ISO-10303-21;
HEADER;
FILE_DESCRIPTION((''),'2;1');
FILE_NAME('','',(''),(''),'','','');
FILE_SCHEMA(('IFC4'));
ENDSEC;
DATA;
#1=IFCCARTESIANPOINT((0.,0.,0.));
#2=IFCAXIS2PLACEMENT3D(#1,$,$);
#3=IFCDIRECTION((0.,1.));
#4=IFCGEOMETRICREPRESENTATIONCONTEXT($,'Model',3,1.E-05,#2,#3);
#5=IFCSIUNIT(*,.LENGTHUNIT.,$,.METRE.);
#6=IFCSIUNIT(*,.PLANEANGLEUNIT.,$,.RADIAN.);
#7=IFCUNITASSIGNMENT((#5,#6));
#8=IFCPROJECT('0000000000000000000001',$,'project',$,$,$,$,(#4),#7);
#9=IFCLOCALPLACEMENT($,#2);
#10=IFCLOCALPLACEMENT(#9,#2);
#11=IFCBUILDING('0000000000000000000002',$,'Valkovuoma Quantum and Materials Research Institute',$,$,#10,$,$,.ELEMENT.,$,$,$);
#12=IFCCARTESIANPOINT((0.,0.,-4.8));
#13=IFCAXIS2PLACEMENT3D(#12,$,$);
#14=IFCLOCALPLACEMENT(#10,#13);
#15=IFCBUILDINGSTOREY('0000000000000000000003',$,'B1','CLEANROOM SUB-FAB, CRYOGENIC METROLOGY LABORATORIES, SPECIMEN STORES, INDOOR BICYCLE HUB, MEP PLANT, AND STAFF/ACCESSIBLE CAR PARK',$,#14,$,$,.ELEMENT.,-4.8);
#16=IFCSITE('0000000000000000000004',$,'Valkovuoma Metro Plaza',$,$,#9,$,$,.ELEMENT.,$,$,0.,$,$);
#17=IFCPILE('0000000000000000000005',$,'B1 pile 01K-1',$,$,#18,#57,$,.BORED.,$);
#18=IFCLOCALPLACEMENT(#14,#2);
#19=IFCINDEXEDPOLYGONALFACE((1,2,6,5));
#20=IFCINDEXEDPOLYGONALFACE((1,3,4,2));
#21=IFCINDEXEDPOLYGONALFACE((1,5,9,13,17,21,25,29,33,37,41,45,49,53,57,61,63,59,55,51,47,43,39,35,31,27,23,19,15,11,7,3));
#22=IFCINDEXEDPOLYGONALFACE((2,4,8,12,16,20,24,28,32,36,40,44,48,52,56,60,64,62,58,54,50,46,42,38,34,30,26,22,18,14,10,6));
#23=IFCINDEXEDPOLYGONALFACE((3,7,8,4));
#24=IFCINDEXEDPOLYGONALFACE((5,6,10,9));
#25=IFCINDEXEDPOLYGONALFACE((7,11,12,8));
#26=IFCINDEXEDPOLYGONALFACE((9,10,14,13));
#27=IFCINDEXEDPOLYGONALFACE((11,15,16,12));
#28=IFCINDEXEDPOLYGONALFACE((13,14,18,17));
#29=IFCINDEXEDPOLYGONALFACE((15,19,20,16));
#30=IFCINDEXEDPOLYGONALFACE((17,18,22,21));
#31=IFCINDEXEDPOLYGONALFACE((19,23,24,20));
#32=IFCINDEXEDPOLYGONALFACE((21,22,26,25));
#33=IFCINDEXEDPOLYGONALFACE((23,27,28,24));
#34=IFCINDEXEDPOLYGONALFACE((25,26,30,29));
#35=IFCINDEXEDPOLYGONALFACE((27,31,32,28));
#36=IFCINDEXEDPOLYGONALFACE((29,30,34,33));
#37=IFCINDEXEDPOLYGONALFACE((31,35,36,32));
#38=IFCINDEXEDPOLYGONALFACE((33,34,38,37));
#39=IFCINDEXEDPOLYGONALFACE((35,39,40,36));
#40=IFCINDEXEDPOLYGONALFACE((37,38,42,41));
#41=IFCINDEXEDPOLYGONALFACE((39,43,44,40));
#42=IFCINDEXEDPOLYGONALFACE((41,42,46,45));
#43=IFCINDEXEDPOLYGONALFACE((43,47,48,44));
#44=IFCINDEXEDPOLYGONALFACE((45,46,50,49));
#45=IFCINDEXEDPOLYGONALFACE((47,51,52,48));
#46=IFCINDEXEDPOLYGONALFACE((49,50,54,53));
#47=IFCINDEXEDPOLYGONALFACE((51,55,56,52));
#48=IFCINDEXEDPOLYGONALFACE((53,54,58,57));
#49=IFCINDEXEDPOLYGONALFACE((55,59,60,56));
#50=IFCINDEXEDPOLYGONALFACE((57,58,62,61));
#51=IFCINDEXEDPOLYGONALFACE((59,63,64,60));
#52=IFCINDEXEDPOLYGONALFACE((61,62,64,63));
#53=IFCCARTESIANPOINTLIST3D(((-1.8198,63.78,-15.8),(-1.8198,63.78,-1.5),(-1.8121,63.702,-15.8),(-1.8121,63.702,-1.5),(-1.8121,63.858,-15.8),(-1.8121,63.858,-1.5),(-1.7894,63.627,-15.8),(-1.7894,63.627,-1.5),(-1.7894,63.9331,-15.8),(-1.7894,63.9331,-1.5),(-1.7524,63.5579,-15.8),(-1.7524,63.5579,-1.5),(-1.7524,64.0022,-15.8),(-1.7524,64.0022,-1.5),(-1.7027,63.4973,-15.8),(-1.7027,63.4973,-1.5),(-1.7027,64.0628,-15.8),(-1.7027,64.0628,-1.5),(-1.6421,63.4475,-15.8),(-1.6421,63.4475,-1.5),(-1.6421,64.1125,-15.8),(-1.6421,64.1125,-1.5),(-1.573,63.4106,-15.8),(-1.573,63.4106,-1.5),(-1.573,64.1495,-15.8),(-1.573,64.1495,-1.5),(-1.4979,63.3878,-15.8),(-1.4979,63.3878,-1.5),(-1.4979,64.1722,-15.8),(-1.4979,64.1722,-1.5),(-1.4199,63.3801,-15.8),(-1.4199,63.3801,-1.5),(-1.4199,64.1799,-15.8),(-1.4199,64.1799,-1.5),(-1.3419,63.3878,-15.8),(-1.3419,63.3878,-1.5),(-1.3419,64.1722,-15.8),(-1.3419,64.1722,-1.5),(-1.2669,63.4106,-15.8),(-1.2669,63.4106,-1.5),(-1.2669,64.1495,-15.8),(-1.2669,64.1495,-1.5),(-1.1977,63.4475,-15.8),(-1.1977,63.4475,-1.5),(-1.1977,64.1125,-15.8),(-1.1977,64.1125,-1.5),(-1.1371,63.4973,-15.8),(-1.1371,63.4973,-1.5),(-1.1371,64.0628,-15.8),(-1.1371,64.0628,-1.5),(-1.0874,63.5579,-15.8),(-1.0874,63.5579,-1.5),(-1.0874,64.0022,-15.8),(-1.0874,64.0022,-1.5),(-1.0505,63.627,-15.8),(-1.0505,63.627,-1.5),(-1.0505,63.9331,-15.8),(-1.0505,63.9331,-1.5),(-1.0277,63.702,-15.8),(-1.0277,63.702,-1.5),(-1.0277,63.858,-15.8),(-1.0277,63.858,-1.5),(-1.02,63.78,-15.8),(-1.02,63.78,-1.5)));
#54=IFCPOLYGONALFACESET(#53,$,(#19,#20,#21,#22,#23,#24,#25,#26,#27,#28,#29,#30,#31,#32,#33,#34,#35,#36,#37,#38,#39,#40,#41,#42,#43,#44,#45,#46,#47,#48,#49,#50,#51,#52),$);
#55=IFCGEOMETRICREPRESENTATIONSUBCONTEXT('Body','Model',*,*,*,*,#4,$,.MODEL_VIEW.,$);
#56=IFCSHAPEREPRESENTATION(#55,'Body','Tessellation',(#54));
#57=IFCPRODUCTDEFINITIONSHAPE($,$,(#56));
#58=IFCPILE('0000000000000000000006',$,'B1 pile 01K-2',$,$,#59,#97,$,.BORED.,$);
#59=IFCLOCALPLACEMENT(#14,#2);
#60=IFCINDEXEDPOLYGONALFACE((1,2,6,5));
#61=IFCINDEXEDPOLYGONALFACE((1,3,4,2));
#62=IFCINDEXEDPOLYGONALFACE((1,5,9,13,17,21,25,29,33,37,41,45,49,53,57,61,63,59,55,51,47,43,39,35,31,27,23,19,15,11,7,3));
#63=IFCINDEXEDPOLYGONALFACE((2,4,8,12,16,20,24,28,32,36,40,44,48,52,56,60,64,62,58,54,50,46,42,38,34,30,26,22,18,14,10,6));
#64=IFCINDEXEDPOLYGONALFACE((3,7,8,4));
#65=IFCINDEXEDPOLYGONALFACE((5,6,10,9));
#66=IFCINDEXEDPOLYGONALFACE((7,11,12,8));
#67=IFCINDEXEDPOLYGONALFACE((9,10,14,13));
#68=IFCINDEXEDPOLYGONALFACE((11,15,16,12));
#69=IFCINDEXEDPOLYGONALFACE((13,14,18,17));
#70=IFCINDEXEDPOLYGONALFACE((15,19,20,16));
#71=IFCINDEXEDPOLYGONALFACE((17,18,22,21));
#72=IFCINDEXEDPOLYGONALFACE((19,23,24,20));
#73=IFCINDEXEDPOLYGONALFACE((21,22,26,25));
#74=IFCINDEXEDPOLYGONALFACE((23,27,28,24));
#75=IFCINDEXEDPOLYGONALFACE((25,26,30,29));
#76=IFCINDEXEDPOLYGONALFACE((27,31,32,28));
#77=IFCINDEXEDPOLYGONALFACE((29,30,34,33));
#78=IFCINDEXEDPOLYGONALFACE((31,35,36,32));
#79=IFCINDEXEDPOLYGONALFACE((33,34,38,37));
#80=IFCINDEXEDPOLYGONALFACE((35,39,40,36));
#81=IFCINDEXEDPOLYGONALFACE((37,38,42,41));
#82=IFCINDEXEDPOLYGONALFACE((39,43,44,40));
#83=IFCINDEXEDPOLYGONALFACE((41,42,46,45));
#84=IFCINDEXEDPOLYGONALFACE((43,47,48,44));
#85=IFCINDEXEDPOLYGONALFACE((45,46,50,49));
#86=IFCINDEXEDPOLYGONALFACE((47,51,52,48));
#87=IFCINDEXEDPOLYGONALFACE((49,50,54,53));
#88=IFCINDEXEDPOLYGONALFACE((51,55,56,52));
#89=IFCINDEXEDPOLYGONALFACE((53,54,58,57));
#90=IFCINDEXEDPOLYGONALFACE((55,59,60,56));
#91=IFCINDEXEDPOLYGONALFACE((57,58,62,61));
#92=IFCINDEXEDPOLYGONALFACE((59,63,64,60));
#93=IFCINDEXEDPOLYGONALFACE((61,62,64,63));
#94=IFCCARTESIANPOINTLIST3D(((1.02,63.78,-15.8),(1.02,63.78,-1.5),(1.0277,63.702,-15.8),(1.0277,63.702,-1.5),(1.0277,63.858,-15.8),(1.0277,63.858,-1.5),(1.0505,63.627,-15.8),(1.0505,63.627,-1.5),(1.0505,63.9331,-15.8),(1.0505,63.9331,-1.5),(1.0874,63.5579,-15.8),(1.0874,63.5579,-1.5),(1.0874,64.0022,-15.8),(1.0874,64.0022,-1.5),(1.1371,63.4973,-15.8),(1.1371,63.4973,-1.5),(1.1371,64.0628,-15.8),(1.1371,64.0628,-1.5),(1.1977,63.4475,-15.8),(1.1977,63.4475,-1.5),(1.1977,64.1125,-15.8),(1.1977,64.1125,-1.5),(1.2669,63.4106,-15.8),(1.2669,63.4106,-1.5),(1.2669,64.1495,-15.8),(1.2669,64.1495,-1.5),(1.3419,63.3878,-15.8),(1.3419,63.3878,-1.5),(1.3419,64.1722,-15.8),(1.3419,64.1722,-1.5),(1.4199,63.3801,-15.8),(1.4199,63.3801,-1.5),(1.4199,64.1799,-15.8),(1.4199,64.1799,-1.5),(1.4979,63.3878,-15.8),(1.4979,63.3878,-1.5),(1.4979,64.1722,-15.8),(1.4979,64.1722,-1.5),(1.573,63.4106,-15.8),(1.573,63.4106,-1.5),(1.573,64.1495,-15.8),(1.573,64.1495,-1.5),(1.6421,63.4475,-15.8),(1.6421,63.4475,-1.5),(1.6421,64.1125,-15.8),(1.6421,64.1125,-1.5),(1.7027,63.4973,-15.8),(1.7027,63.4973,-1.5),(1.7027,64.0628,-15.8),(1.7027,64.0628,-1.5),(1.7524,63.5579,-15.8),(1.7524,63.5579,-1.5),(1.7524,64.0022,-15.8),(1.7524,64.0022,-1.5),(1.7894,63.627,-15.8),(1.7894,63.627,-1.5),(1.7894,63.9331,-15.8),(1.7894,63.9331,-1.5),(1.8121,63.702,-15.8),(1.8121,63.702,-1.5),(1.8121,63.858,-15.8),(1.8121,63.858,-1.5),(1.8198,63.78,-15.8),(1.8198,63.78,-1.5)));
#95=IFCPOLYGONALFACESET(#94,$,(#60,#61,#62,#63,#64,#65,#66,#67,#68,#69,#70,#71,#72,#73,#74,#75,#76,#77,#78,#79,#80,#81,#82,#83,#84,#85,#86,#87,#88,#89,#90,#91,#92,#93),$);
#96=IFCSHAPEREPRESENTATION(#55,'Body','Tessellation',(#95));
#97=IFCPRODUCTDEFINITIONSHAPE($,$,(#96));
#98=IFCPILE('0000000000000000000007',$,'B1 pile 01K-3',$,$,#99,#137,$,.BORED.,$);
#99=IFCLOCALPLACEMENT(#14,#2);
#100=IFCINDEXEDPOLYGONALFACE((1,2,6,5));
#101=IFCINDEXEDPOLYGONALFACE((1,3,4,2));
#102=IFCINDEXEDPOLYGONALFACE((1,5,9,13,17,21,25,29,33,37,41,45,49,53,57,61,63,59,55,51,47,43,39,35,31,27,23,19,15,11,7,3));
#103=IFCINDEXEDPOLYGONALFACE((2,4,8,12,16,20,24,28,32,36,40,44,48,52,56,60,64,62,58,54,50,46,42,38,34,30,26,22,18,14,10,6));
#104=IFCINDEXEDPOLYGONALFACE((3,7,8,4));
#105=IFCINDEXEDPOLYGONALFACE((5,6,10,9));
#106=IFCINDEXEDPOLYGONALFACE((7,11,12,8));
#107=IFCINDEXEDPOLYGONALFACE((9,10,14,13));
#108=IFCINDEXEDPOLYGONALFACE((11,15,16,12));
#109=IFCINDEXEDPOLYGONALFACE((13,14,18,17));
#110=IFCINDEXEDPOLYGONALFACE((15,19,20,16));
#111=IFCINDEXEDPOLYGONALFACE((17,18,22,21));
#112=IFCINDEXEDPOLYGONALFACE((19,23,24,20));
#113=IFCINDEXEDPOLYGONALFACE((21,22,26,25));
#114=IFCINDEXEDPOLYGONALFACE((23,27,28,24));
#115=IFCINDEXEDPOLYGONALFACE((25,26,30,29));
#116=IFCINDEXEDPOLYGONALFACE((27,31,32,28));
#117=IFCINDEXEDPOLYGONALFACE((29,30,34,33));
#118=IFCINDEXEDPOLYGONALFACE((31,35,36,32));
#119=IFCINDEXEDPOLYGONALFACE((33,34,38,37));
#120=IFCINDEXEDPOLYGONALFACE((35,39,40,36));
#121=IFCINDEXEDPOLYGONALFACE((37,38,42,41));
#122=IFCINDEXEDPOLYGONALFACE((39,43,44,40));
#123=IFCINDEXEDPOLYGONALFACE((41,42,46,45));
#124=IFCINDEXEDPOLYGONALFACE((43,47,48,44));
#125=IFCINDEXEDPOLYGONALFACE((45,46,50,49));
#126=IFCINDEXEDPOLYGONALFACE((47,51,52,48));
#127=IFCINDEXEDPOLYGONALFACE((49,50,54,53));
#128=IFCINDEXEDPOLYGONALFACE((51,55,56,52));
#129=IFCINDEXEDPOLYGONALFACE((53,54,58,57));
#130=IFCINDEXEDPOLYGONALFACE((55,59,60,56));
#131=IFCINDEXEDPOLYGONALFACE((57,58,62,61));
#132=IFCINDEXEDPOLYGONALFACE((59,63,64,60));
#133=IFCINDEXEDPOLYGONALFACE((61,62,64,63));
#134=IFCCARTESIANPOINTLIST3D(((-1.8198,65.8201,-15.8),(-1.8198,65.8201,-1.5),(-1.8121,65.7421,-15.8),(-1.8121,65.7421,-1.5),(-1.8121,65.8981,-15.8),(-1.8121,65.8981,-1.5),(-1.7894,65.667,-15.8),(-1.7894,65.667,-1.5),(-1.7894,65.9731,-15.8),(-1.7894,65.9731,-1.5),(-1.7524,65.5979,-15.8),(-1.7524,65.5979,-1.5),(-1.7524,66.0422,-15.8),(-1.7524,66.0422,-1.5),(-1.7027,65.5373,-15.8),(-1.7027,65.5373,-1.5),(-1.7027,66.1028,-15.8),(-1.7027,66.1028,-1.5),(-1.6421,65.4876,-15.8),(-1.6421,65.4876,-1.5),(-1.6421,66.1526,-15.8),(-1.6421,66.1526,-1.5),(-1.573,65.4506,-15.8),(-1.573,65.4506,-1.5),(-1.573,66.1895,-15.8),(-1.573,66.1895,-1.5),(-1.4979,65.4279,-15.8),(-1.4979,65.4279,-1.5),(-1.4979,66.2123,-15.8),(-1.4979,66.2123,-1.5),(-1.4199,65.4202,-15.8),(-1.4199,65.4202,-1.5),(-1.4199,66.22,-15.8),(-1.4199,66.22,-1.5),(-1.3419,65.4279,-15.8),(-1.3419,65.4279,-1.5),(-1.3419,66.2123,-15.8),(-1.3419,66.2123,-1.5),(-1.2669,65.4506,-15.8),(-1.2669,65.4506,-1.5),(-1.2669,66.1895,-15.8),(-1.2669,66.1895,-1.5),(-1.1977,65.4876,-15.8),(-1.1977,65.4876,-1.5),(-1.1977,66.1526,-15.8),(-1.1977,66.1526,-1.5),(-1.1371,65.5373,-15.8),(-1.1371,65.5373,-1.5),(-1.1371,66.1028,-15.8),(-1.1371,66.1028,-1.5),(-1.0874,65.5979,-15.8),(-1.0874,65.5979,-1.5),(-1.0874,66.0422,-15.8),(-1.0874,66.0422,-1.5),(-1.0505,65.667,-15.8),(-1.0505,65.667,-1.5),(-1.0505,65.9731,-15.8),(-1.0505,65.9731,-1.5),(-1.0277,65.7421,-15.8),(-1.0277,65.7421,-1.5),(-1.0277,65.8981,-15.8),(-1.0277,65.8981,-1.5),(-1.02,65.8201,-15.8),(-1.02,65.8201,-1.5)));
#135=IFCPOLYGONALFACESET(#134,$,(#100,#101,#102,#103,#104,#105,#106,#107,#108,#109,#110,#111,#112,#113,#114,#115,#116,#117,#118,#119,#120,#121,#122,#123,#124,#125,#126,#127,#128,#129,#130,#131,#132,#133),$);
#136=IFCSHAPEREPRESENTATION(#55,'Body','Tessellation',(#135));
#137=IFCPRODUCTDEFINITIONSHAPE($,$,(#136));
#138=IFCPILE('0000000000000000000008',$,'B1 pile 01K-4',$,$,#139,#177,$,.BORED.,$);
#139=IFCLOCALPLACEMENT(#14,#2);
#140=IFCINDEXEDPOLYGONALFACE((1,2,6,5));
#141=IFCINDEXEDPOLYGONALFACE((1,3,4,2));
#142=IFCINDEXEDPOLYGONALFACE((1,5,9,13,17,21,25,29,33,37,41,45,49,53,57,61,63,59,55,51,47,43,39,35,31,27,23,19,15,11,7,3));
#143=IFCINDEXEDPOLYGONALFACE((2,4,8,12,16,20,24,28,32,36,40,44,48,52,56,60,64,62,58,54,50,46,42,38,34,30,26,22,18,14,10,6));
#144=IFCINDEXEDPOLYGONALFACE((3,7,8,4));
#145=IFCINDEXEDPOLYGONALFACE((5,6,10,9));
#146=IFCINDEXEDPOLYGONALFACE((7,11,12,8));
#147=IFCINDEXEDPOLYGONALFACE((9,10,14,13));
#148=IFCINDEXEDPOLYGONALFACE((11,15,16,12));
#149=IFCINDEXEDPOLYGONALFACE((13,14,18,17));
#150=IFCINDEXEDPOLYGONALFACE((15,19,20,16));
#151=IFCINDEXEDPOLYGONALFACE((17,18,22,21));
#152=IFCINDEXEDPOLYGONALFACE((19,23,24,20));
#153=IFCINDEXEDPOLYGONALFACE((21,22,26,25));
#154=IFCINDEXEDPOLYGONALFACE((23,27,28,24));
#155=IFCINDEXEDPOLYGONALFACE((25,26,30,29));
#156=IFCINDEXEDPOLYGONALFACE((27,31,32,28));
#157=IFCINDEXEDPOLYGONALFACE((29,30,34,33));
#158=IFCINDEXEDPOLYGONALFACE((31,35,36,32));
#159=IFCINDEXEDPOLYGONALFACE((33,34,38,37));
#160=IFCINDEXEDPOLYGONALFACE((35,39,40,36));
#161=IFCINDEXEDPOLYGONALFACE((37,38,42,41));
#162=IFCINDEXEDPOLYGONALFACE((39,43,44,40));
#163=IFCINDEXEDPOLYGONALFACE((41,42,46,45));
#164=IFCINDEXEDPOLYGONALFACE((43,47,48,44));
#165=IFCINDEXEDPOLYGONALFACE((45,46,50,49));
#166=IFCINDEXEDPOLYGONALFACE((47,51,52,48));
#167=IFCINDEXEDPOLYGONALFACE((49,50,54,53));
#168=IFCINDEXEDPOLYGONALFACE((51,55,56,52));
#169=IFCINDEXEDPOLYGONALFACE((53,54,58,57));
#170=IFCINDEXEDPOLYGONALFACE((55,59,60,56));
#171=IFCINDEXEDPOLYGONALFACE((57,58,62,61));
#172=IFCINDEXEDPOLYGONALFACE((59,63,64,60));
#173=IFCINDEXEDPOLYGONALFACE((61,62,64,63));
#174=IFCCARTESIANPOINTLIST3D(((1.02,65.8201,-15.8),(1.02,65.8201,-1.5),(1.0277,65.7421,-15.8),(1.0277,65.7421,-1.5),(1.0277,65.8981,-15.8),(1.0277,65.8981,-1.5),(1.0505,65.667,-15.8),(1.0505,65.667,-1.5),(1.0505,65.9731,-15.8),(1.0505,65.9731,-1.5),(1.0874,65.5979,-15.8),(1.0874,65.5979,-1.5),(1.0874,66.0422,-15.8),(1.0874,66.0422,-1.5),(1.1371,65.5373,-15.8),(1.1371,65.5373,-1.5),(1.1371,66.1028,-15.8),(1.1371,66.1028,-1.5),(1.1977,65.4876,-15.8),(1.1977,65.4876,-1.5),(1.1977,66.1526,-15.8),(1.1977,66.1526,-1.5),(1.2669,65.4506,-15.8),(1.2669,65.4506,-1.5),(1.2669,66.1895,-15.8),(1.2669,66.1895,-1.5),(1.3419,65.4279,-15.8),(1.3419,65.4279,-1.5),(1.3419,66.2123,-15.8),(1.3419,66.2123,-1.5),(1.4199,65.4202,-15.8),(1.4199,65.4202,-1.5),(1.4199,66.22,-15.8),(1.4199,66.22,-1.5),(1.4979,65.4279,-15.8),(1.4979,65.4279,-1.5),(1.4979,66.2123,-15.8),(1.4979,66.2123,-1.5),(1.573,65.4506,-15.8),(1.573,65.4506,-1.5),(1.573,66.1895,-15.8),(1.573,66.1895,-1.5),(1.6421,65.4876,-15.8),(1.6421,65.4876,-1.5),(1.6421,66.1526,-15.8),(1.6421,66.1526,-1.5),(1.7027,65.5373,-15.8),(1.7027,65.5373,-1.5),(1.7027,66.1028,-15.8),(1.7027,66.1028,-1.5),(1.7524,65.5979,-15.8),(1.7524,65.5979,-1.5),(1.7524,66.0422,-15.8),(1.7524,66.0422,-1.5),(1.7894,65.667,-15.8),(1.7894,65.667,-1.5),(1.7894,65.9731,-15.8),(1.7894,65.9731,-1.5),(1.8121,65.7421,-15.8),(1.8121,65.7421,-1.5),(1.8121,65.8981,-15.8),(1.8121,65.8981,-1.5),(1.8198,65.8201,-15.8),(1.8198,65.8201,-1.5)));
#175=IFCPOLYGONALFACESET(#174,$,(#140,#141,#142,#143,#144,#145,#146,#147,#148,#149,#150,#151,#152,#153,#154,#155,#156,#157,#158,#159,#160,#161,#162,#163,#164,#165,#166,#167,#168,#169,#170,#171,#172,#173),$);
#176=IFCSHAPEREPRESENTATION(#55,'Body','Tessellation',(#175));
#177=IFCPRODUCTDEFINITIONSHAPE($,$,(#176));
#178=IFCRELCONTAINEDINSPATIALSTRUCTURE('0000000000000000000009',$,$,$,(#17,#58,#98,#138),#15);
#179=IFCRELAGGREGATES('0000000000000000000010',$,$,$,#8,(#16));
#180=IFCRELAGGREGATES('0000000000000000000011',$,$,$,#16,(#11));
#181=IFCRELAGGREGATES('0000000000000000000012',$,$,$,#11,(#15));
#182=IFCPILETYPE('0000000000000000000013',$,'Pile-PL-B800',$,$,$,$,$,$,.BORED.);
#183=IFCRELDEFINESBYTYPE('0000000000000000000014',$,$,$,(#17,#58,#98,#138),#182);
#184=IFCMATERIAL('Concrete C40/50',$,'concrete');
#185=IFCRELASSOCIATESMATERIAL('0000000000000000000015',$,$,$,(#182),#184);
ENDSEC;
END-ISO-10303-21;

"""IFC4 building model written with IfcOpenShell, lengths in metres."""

from ifc_helpers import new_model, si_unit, direction, frame, origin, origin_2d, place, context, subcontext, project, spatial, circle, extrude, material, material_profile, profile_set, type_object, element, save


model = new_model("IFC4")

# Units and contexts
model_context = context("Model", 3, precision=1e-05, world=origin(), true_north=direction((0.0, 1.0)))
body_context = subcontext(model_context, "Body", "Model", "MODEL_VIEW")
ifc_project = project(units=[si_unit("LENGTHUNIT", "METRE"), si_unit("PLANEANGLEUNIT", "RADIAN")], contexts=[model_context])

# Site, building, storey
site_placement = place(None, origin())
site = spatial("IfcSite", under=ifc_project, at=site_placement, Name="Valkovuoma Metro Plaza", CompositionType="ELEMENT", RefElevation=0.0)
building_placement = place(site_placement, origin())
building = spatial("IfcBuilding", under=site, at=building_placement, Name="Valkovuoma Quantum and Materials Research Institute", CompositionType="ELEMENT")
storey_placement = place(building_placement, frame((0.0, 0.0, -4.8)))
storey = spatial("IfcBuildingStorey", under=building, at=storey_placement, Name="B1", Description="CLEANROOM SUB-FAB, CRYOGENIC METROLOGY LABORATORIES, SPECIMEN STORES, INDOOR BICYCLE HUB, MEP PLANT, AND STAFF/ACCESSIBLE CAR PARK", CompositionType="ELEMENT", Elevation=-4.8)

# Piles
ifc_material_1 = material(Name="Concrete C40/50", Category="concrete")
ifc_material_profile_1 = material_profile(ifc_material_1, circle(Radius=0.3999, at=origin_2d()), Name="Concrete C40/50")
ifc_profile_set_1 = profile_set([ifc_material_profile_1], Name="Concrete C40/50")
pile_type_1 = type_object("IfcPileType", Name="Pile-PL-B800", PredefinedType="BORED", material=ifc_profile_set_1)
for number, where, z_axis, x_axis, name in (
    (1, (-1.4199, 63.78, -1.5), (0.0, 0.0, -1.0), (1.0, 0.0, 0.0), "B1 pile 01K-1"),
    (2, (1.4199, 63.78, -1.5), (0.0, 0.0, -1.0), (1.0, 0.0, 0.0), "B1 pile 01K-2"),
    (3, (-1.4199, 65.8201, -1.5), (0.0, 0.0, -1.0), (1.0, 0.0, 0.0), "B1 pile 01K-3"),
    (4, (1.4199, 65.8201, -1.5), (0.0, 0.0, -1.0), (1.0, 0.0, 0.0), "B1 pile 01K-4"),
):
    element("IfcPile", number, at=place(storey_placement, frame(where, z_axis=z_axis, x_axis=x_axis)), inside=storey, type_object=pile_type_1, Name=name, PredefinedType="BORED", context=body_context, shape_type="SweptSolid", body=[
        extrude(circle(Radius=0.3999, at=origin_2d()), origin(), (0.0, 0.0, 1.0), 14.3),
    ])

save(model, "model.ifc")
